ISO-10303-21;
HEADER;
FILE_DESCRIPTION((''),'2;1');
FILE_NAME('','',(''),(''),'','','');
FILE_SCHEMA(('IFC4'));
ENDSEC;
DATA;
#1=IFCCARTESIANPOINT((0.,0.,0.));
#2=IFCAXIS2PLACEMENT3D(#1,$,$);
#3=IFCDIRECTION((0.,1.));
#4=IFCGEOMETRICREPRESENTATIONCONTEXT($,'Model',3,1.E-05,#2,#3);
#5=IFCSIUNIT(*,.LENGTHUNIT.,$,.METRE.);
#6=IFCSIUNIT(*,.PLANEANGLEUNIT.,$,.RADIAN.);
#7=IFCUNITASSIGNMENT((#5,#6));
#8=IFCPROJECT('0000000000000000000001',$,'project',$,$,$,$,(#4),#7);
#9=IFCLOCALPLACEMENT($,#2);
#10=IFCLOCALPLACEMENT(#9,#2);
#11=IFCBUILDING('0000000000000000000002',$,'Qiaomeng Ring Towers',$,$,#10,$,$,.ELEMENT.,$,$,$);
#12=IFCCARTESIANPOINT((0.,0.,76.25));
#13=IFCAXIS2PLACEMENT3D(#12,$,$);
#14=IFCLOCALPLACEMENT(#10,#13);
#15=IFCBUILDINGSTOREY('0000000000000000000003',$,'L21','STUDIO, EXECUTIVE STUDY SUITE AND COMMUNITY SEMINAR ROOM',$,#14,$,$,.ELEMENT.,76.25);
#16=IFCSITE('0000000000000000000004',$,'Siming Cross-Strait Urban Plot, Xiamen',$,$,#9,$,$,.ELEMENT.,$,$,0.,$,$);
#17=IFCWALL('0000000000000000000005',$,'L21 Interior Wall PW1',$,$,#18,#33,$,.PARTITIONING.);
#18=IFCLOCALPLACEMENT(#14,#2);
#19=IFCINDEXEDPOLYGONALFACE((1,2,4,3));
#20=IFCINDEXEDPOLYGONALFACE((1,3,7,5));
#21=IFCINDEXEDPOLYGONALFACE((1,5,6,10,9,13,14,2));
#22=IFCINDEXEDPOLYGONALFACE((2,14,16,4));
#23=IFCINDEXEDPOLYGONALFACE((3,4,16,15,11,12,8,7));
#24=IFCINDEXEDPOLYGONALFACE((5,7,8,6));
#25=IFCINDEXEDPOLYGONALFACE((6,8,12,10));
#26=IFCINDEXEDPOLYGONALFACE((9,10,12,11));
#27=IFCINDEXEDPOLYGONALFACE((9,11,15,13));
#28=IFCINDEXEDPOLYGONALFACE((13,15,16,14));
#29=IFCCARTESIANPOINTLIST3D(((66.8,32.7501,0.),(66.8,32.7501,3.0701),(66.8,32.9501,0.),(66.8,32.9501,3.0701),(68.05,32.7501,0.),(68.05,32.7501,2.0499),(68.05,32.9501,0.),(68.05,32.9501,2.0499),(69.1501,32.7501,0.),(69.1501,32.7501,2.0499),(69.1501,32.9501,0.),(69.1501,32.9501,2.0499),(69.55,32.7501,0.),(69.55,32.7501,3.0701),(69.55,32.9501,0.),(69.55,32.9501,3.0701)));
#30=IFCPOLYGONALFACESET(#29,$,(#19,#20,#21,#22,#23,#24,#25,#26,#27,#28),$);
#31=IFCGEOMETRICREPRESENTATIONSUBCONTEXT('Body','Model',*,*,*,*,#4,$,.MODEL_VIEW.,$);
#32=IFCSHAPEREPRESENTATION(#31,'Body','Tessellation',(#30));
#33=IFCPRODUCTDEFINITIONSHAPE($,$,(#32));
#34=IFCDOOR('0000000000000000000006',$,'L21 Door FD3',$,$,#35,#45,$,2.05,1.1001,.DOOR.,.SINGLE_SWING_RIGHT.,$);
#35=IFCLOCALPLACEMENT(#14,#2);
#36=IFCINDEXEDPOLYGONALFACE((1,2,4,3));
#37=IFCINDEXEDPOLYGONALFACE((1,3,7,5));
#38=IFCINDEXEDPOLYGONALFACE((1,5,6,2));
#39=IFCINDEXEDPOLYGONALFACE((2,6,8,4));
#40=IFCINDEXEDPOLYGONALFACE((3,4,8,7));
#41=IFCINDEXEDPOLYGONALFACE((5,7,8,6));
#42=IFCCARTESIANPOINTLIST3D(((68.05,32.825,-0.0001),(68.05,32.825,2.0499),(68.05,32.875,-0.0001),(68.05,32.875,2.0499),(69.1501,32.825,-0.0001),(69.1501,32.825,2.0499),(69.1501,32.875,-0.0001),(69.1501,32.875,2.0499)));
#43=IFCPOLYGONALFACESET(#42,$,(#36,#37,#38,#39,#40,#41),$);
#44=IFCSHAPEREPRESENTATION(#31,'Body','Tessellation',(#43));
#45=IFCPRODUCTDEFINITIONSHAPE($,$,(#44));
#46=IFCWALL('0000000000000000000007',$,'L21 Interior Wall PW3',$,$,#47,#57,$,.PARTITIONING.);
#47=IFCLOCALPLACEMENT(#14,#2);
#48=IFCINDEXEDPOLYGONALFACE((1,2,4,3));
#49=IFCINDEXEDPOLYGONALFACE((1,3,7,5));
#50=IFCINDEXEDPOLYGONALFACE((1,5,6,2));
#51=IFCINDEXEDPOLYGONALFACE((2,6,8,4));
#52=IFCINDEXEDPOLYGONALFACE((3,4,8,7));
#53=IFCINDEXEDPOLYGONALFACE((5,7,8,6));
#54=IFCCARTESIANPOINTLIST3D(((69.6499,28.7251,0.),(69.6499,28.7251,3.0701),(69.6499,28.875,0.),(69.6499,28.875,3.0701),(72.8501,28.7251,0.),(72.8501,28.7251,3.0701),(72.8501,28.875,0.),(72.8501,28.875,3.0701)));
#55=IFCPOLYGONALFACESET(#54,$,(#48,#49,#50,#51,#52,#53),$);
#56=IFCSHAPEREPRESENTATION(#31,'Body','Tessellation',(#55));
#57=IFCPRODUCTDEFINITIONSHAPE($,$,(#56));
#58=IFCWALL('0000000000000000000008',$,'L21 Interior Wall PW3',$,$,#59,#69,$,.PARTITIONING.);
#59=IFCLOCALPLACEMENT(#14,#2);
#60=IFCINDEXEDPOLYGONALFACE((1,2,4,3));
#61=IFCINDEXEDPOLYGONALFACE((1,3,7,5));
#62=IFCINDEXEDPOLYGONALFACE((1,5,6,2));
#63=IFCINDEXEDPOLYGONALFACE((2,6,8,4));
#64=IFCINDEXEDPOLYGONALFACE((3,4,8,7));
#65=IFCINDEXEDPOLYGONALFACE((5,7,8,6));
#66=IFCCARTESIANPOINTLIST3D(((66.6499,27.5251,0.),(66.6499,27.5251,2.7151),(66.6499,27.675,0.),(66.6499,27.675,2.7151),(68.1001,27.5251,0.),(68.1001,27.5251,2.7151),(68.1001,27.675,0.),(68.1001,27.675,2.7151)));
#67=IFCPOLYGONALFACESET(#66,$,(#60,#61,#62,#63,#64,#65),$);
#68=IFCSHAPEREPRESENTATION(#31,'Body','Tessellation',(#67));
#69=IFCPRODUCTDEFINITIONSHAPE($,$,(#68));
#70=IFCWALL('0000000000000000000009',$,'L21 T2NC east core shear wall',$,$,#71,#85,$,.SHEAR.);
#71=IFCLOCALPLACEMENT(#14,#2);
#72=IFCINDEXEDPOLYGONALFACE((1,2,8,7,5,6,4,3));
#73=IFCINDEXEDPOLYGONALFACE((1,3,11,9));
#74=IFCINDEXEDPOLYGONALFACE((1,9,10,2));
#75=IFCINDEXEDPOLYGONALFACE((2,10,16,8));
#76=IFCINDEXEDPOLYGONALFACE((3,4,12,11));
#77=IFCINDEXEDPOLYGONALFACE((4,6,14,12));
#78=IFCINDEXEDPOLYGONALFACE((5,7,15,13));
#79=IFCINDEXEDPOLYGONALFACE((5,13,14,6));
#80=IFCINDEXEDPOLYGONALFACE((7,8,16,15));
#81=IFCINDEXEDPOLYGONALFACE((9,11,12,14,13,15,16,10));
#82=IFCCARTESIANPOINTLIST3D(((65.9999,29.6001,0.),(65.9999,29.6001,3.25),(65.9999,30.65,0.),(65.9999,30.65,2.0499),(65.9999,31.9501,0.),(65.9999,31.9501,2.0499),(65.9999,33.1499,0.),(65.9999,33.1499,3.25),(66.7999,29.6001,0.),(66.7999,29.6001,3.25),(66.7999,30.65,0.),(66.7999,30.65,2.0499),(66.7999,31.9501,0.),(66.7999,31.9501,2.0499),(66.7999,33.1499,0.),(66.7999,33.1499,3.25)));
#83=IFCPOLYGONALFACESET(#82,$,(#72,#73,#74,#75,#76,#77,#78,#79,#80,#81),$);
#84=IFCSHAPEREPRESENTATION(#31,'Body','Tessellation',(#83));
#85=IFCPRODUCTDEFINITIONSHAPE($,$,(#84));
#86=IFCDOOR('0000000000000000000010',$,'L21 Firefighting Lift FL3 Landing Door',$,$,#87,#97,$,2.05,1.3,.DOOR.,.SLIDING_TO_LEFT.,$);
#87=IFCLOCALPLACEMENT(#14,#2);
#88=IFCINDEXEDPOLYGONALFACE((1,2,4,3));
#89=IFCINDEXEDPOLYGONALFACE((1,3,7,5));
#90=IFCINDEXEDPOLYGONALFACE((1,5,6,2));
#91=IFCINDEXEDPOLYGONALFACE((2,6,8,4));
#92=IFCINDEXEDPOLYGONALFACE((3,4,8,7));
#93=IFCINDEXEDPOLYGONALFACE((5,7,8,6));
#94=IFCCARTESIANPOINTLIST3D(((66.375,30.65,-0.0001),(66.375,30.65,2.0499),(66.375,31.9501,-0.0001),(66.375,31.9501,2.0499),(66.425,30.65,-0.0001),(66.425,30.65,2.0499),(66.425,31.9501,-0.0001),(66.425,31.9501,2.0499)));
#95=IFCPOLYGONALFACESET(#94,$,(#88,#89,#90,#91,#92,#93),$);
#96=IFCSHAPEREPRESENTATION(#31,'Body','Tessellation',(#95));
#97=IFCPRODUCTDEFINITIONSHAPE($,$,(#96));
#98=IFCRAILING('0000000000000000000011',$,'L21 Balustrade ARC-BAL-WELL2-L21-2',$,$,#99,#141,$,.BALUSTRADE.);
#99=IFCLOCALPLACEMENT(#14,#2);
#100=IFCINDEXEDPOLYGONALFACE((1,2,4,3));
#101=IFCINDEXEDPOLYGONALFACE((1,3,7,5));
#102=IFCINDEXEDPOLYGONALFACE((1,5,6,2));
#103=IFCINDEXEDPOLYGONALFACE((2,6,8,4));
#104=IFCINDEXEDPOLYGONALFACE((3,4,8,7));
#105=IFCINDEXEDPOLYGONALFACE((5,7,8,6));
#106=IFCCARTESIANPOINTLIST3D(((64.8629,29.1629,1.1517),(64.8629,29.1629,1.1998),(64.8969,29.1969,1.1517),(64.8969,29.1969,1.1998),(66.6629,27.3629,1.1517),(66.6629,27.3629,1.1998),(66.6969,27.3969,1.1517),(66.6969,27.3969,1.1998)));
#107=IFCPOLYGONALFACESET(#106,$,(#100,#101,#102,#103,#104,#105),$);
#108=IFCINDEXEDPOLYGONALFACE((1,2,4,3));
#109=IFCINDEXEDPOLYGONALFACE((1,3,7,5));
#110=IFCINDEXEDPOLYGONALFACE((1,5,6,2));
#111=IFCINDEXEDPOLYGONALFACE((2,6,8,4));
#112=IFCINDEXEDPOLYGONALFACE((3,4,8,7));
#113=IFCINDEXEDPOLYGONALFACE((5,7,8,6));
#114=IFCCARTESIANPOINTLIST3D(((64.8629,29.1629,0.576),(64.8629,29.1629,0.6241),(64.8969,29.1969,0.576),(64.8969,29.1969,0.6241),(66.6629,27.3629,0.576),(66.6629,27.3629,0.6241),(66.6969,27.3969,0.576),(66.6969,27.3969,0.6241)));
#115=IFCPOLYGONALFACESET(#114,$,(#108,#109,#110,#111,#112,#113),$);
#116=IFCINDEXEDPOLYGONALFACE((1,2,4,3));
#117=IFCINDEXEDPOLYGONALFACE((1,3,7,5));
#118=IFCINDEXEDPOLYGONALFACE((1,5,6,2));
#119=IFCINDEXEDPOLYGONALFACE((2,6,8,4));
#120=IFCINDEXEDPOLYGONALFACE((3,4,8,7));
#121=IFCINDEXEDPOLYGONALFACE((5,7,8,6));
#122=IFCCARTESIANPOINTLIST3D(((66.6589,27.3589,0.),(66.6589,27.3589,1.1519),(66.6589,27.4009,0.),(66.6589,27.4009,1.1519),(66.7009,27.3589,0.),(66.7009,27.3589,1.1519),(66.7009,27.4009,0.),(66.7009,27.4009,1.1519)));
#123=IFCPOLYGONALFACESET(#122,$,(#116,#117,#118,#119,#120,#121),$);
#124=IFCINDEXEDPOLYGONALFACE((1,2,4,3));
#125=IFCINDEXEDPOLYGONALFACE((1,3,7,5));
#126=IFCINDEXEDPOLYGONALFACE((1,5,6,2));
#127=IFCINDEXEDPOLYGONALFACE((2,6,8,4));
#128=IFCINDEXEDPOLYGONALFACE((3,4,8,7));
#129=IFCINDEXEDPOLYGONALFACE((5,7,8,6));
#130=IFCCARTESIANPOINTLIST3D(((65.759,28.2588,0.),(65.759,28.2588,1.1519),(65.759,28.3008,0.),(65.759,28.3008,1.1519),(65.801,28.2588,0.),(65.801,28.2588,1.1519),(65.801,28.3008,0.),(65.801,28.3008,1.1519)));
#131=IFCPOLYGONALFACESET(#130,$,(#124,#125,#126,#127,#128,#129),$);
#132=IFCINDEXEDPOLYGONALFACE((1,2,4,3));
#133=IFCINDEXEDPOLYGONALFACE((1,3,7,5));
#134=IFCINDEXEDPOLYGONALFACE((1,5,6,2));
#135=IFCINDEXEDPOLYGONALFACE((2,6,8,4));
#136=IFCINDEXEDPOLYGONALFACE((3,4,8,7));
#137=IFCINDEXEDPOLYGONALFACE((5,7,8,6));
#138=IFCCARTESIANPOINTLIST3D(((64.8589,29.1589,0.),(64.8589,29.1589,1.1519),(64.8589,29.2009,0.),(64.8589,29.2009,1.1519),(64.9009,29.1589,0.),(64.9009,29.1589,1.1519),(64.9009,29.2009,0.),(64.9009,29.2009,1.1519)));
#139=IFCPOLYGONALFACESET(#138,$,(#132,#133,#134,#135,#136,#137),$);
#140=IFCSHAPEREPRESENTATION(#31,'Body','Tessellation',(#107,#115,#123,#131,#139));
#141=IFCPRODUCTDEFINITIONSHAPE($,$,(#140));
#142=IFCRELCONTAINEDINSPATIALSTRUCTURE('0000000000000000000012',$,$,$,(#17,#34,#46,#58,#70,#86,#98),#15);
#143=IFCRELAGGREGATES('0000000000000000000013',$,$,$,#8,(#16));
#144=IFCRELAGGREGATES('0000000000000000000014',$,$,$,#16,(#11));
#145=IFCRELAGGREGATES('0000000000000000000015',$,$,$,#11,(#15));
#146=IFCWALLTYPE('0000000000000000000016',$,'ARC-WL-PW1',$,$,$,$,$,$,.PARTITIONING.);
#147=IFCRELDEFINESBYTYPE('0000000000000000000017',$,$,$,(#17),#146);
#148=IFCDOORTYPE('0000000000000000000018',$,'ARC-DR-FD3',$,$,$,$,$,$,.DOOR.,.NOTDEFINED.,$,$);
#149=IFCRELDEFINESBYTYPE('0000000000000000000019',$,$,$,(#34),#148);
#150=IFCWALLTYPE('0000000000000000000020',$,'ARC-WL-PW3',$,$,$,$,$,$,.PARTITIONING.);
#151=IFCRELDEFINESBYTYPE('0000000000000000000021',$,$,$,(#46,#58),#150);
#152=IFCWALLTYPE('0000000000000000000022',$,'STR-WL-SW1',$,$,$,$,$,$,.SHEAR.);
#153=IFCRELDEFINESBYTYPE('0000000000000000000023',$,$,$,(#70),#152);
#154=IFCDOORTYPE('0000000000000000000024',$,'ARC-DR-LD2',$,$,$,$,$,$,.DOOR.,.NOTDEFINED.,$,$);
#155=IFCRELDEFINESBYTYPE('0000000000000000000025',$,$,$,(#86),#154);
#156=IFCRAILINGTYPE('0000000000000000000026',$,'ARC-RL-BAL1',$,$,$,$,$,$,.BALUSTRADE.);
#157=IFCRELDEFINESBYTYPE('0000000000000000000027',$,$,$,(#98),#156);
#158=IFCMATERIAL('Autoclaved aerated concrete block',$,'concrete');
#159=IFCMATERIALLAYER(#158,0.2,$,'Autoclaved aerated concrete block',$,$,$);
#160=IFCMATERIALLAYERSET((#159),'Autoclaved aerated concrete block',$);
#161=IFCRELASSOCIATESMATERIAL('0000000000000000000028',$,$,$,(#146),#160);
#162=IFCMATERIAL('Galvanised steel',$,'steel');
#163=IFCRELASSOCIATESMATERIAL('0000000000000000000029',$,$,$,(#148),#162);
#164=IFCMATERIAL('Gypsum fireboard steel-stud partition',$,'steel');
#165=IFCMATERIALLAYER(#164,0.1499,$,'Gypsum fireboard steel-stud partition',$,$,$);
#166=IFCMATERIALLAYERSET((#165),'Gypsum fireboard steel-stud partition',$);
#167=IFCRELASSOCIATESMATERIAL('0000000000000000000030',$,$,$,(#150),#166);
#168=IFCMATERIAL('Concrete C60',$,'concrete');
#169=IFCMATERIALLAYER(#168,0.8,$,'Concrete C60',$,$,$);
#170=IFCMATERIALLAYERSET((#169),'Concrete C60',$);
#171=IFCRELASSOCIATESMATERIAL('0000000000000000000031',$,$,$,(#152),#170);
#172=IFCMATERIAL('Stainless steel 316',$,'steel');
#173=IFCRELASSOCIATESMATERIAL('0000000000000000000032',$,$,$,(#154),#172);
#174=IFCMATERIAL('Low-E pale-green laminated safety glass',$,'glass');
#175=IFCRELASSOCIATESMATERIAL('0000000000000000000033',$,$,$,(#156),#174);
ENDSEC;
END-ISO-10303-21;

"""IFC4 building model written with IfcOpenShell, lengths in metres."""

from ifc_helpers import new_model, si_unit, direction, frame, frame_2d, origin, origin_2d, place, context, subcontext, project, spatial, rectangle, extrude, source, transform, mapped, material, layer, layer_set, type_object, element, fill, save


model = new_model("IFC4")

# Units and contexts
model_context = context("Model", 3, precision=1e-05, world=origin(), true_north=direction((0.0, 1.0)))
body_context = subcontext(model_context, "Body", "Model", "MODEL_VIEW")
ifc_project = project(units=[si_unit("LENGTHUNIT", "METRE"), si_unit("PLANEANGLEUNIT", "RADIAN")], contexts=[model_context])

# Site, building, storey
site_placement = place(None, origin())
site = spatial("IfcSite", under=ifc_project, at=site_placement, Name="Siming Cross-Strait Urban Plot, Xiamen", CompositionType="ELEMENT", RefElevation=0.0)
building_placement = place(site_placement, origin())
building = spatial("IfcBuilding", under=site, at=building_placement, Name="Qiaomeng Ring Towers", CompositionType="ELEMENT")
storey_placement = place(building_placement, frame((0.0, 0.0, 76.25)))
storey = spatial("IfcBuildingStorey", under=building, at=storey_placement, Name="L21", Description="STUDIO, EXECUTIVE STUDY SUITE AND COMMUNITY SEMINAR ROOM", CompositionType="ELEMENT", Elevation=76.25)

# Shared definitions
ifc_material_1 = material(Name="Autoclaved aerated concrete block", Category="concrete")
ifc_layer_1 = layer(ifc_material_1, 0.2, Name="Autoclaved aerated concrete block")
ifc_layer_set_1 = layer_set([ifc_layer_1], Name="Autoclaved aerated concrete block")
wall_type_1 = type_object("IfcWallType", Name="ARC-WL-PW1", PredefinedType="PARTITIONING", material=ifc_layer_set_1)

# Wall, opening, door
wall_1_placement = place(storey_placement, frame((66.8, 32.8501, 0.0), z_axis=(0.0, 0.0, 1.0), x_axis=(1.0, 0.0, 0.0)))
wall_1 = element("IfcWall", 1, at=wall_1_placement, inside=storey, type_object=wall_type_1, Name="L21 Interior Wall PW1", PredefinedType="PARTITIONING", context=body_context, shape_type="SweptSolid", body=[
    extrude(rectangle(XDim=2.75, YDim=0.2, at=frame_2d((1.375, 0.0))), origin(), (0.0, 0.0, 1.0), 3.0701),
])
opening_1_placement = place(wall_1_placement, frame((1.25, 0.0, 0.0)))
opening_1 = element("IfcOpeningElement", 2, at=opening_1_placement, cuts=wall_1, PredefinedType="OPENING", context=body_context, shape_type="SweptSolid", body=[
    extrude(rectangle(XDim=1.1001, YDim=2.05, at=frame_2d((0.55, 1.0249))), frame((0.0, 0.1099, 0.0), z_axis=(0.0, -1.0, 0.0), x_axis=(1.0, 0.0, 0.0)), (0.0, 0.0, 1.0), 0.22),
])
ifc_material_2 = material(Name="Galvanised steel", Category="steel")
door_type_1 = type_object("IfcDoorType", Name="ARC-DR-FD3", OperationType="NOTDEFINED", PredefinedType="DOOR", material=ifc_material_2)
shared_shape_1 = source(origin(), body_context, "Body", "SweptSolid", [
    extrude(rectangle(XDim=1.1001, YDim=2.05, at=frame_2d((0.55, 1.0249))), frame((0.0, 0.0249, 0.0), z_axis=(0.0, -1.0, 0.0), x_axis=(1.0, 0.0, 0.0)), (0.0, 0.0, 1.0), 0.05),
])
door_1_placement = place(opening_1_placement, origin())
door_1 = element("IfcDoor", 3, at=door_1_placement, inside=storey, type_object=door_type_1, Name="L21 Door FD3", OperationType="SINGLE_SWING_RIGHT", OverallHeight=2.05, OverallWidth=1.1001, PredefinedType="DOOR", context=body_context, shape_type="MappedRepresentation", body=[
    mapped(shared_shape_1, transform((0.0, 0.0, 0.0), x_axis=(1.0, 0.0, 0.0), y_axis=(0.0, 1.0, 0.0), z_axis=(0.0, 0.0, 1.0), scale=1.0)),
])
fill(opening_1, door_1)

# Walls
ifc_material_3 = material(Name="Gypsum fireboard steel-stud partition", Category="steel")
ifc_layer_2 = layer(ifc_material_3, 0.1499, Name="Gypsum fireboard steel-stud partition")
ifc_layer_set_2 = layer_set([ifc_layer_2], Name="Gypsum fireboard steel-stud partition")
wall_type_2 = type_object("IfcWallType", Name="ARC-WL-PW3", PredefinedType="PARTITIONING", material=ifc_layer_set_2)
wall_2_placement = place(storey_placement, frame((69.6499, 28.8, 0.0), z_axis=(0.0, 0.0, 1.0), x_axis=(1.0, 0.0, 0.0)))
element("IfcWall", 4, at=wall_2_placement, inside=storey, type_object=wall_type_2, Name="L21 Interior Wall PW3", PredefinedType="PARTITIONING", context=body_context, shape_type="SweptSolid", body=[
    extrude(rectangle(XDim=3.2002, YDim=0.1499, at=frame_2d((1.6001, 0.0))), origin(), (0.0, 0.0, 1.0), 3.0701),
])
wall_3_placement = place(storey_placement, frame((66.6499, 27.6001, 0.0), z_axis=(0.0, 0.0, 1.0), x_axis=(1.0, 0.0, 0.0)))
element("IfcWall", 5, at=wall_3_placement, inside=storey, type_object=wall_type_2, Name="L21 Interior Wall PW3", PredefinedType="PARTITIONING", context=body_context, shape_type="SweptSolid", body=[
    extrude(rectangle(XDim=1.4502, YDim=0.1499, at=frame_2d((0.7251, 0.0))), origin(), (0.0, 0.0, 1.0), 2.7151),
])

# Wall, opening, door
ifc_material_4 = material(Name="Concrete C60", Category="concrete")
ifc_layer_3 = layer(ifc_material_4, 0.8, Name="Concrete C60")
ifc_layer_set_3 = layer_set([ifc_layer_3], Name="Concrete C60")
wall_type_3 = type_object("IfcWallType", Name="STR-WL-SW1", PredefinedType="SHEAR", material=ifc_layer_set_3)
wall_4_placement = place(storey_placement, frame((66.3999, 29.6001, 0.0), z_axis=(0.0, 0.0, 1.0), x_axis=(0.0, 1.0, 0.0)))
wall_4 = element("IfcWall", 6, at=wall_4_placement, inside=storey, type_object=wall_type_3, Name="L21 T2NC east core shear wall", PredefinedType="SHEAR", context=body_context, shape_type="SweptSolid", body=[
    extrude(rectangle(XDim=3.5498, YDim=0.8, at=frame_2d((1.7749, 0.0))), origin(), (0.0, 0.0, 1.0), 3.25),
])
opening_2_placement = place(wall_4_placement, frame((1.05, 0.0, 0.0)))
opening_2 = element("IfcOpeningElement", 7, at=opening_2_placement, cuts=wall_4, PredefinedType="OPENING", context=body_context, shape_type="SweptSolid", body=[
    extrude(rectangle(XDim=1.3, YDim=2.05, at=frame_2d((0.6499, 1.0249))), frame((0.0, 0.4099, 0.0), z_axis=(0.0, -1.0, 0.0), x_axis=(1.0, 0.0, 0.0)), (0.0, 0.0, 1.0), 0.8201),
])
ifc_material_5 = material(Name="Stainless steel 316", Category="steel")
door_type_2 = type_object("IfcDoorType", Name="ARC-DR-LD2", OperationType="NOTDEFINED", PredefinedType="DOOR", material=ifc_material_5)
shared_shape_2 = source(origin(), body_context, "Body", "SweptSolid", [
    extrude(rectangle(XDim=1.3, YDim=2.05, at=frame_2d((0.6499, 1.0249))), frame((0.0, 0.0249, 0.0), z_axis=(0.0, -1.0, 0.0), x_axis=(1.0, 0.0, 0.0)), (0.0, 0.0, 1.0), 0.05),
])
door_2_placement = place(opening_2_placement, origin())
door_2 = element("IfcDoor", 8, at=door_2_placement, inside=storey, type_object=door_type_2, Name="L21 Firefighting Lift FL3 Landing Door", OperationType="SLIDING_TO_LEFT", OverallHeight=2.05, OverallWidth=1.3, PredefinedType="DOOR", context=body_context, shape_type="MappedRepresentation", body=[
    mapped(shared_shape_2, transform((0.0, 0.0, 0.0), x_axis=(1.0, 0.0, 0.0), y_axis=(0.0, 1.0, 0.0), z_axis=(0.0, 0.0, 1.0), scale=1.0)),
])
fill(opening_2, door_2)

# Railing
ifc_material_6 = material(Name="Low-E pale-green laminated safety glass", Category="glass")
railing_type = type_object("IfcRailingType", Name="ARC-RL-BAL1", PredefinedType="BALUSTRADE", material=ifc_material_6)
railing_1_placement = place(storey_placement, frame((66.6799, 27.3799, 0.0)))
element("IfcRailing", 9, at=railing_1_placement, inside=storey, type_object=railing_type, Name="L21 Balustrade ARC-BAL-WELL2-L21-2", PredefinedType="BALUSTRADE", context=body_context, shape_type="SweptSolid", body=[
    extrude(rectangle(XDim=0.0481, YDim=0.0481, at=origin_2d()), frame((0.0, 0.0, 1.1758), z_axis=(-0.707107, 0.707107, 0.0), x_axis=(-0.707107, -0.707107, 0.0)), (0.0, 0.0, 1.0), 2.5457),
    extrude(rectangle(XDim=0.0481, YDim=0.0481, at=origin_2d()), frame((0.0, 0.0, 0.6001), z_axis=(-0.707107, 0.707107, 0.0), x_axis=(-0.707107, -0.707107, 0.0)), (0.0, 0.0, 1.0), 2.5457),
    extrude(rectangle(XDim=0.042, YDim=0.042, at=origin_2d()), origin(), (0.0, 0.0, 1.0), 1.1519),
    extrude(rectangle(XDim=0.042, YDim=0.042, at=origin_2d()), frame((-0.8999, 0.8999, 0.0)), (0.0, 0.0, 1.0), 1.1519),
    extrude(rectangle(XDim=0.042, YDim=0.042, at=origin_2d()), frame((-1.8, 1.8, 0.0)), (0.0, 0.0, 1.0), 1.1519),
])

save(model, "model.ifc")
